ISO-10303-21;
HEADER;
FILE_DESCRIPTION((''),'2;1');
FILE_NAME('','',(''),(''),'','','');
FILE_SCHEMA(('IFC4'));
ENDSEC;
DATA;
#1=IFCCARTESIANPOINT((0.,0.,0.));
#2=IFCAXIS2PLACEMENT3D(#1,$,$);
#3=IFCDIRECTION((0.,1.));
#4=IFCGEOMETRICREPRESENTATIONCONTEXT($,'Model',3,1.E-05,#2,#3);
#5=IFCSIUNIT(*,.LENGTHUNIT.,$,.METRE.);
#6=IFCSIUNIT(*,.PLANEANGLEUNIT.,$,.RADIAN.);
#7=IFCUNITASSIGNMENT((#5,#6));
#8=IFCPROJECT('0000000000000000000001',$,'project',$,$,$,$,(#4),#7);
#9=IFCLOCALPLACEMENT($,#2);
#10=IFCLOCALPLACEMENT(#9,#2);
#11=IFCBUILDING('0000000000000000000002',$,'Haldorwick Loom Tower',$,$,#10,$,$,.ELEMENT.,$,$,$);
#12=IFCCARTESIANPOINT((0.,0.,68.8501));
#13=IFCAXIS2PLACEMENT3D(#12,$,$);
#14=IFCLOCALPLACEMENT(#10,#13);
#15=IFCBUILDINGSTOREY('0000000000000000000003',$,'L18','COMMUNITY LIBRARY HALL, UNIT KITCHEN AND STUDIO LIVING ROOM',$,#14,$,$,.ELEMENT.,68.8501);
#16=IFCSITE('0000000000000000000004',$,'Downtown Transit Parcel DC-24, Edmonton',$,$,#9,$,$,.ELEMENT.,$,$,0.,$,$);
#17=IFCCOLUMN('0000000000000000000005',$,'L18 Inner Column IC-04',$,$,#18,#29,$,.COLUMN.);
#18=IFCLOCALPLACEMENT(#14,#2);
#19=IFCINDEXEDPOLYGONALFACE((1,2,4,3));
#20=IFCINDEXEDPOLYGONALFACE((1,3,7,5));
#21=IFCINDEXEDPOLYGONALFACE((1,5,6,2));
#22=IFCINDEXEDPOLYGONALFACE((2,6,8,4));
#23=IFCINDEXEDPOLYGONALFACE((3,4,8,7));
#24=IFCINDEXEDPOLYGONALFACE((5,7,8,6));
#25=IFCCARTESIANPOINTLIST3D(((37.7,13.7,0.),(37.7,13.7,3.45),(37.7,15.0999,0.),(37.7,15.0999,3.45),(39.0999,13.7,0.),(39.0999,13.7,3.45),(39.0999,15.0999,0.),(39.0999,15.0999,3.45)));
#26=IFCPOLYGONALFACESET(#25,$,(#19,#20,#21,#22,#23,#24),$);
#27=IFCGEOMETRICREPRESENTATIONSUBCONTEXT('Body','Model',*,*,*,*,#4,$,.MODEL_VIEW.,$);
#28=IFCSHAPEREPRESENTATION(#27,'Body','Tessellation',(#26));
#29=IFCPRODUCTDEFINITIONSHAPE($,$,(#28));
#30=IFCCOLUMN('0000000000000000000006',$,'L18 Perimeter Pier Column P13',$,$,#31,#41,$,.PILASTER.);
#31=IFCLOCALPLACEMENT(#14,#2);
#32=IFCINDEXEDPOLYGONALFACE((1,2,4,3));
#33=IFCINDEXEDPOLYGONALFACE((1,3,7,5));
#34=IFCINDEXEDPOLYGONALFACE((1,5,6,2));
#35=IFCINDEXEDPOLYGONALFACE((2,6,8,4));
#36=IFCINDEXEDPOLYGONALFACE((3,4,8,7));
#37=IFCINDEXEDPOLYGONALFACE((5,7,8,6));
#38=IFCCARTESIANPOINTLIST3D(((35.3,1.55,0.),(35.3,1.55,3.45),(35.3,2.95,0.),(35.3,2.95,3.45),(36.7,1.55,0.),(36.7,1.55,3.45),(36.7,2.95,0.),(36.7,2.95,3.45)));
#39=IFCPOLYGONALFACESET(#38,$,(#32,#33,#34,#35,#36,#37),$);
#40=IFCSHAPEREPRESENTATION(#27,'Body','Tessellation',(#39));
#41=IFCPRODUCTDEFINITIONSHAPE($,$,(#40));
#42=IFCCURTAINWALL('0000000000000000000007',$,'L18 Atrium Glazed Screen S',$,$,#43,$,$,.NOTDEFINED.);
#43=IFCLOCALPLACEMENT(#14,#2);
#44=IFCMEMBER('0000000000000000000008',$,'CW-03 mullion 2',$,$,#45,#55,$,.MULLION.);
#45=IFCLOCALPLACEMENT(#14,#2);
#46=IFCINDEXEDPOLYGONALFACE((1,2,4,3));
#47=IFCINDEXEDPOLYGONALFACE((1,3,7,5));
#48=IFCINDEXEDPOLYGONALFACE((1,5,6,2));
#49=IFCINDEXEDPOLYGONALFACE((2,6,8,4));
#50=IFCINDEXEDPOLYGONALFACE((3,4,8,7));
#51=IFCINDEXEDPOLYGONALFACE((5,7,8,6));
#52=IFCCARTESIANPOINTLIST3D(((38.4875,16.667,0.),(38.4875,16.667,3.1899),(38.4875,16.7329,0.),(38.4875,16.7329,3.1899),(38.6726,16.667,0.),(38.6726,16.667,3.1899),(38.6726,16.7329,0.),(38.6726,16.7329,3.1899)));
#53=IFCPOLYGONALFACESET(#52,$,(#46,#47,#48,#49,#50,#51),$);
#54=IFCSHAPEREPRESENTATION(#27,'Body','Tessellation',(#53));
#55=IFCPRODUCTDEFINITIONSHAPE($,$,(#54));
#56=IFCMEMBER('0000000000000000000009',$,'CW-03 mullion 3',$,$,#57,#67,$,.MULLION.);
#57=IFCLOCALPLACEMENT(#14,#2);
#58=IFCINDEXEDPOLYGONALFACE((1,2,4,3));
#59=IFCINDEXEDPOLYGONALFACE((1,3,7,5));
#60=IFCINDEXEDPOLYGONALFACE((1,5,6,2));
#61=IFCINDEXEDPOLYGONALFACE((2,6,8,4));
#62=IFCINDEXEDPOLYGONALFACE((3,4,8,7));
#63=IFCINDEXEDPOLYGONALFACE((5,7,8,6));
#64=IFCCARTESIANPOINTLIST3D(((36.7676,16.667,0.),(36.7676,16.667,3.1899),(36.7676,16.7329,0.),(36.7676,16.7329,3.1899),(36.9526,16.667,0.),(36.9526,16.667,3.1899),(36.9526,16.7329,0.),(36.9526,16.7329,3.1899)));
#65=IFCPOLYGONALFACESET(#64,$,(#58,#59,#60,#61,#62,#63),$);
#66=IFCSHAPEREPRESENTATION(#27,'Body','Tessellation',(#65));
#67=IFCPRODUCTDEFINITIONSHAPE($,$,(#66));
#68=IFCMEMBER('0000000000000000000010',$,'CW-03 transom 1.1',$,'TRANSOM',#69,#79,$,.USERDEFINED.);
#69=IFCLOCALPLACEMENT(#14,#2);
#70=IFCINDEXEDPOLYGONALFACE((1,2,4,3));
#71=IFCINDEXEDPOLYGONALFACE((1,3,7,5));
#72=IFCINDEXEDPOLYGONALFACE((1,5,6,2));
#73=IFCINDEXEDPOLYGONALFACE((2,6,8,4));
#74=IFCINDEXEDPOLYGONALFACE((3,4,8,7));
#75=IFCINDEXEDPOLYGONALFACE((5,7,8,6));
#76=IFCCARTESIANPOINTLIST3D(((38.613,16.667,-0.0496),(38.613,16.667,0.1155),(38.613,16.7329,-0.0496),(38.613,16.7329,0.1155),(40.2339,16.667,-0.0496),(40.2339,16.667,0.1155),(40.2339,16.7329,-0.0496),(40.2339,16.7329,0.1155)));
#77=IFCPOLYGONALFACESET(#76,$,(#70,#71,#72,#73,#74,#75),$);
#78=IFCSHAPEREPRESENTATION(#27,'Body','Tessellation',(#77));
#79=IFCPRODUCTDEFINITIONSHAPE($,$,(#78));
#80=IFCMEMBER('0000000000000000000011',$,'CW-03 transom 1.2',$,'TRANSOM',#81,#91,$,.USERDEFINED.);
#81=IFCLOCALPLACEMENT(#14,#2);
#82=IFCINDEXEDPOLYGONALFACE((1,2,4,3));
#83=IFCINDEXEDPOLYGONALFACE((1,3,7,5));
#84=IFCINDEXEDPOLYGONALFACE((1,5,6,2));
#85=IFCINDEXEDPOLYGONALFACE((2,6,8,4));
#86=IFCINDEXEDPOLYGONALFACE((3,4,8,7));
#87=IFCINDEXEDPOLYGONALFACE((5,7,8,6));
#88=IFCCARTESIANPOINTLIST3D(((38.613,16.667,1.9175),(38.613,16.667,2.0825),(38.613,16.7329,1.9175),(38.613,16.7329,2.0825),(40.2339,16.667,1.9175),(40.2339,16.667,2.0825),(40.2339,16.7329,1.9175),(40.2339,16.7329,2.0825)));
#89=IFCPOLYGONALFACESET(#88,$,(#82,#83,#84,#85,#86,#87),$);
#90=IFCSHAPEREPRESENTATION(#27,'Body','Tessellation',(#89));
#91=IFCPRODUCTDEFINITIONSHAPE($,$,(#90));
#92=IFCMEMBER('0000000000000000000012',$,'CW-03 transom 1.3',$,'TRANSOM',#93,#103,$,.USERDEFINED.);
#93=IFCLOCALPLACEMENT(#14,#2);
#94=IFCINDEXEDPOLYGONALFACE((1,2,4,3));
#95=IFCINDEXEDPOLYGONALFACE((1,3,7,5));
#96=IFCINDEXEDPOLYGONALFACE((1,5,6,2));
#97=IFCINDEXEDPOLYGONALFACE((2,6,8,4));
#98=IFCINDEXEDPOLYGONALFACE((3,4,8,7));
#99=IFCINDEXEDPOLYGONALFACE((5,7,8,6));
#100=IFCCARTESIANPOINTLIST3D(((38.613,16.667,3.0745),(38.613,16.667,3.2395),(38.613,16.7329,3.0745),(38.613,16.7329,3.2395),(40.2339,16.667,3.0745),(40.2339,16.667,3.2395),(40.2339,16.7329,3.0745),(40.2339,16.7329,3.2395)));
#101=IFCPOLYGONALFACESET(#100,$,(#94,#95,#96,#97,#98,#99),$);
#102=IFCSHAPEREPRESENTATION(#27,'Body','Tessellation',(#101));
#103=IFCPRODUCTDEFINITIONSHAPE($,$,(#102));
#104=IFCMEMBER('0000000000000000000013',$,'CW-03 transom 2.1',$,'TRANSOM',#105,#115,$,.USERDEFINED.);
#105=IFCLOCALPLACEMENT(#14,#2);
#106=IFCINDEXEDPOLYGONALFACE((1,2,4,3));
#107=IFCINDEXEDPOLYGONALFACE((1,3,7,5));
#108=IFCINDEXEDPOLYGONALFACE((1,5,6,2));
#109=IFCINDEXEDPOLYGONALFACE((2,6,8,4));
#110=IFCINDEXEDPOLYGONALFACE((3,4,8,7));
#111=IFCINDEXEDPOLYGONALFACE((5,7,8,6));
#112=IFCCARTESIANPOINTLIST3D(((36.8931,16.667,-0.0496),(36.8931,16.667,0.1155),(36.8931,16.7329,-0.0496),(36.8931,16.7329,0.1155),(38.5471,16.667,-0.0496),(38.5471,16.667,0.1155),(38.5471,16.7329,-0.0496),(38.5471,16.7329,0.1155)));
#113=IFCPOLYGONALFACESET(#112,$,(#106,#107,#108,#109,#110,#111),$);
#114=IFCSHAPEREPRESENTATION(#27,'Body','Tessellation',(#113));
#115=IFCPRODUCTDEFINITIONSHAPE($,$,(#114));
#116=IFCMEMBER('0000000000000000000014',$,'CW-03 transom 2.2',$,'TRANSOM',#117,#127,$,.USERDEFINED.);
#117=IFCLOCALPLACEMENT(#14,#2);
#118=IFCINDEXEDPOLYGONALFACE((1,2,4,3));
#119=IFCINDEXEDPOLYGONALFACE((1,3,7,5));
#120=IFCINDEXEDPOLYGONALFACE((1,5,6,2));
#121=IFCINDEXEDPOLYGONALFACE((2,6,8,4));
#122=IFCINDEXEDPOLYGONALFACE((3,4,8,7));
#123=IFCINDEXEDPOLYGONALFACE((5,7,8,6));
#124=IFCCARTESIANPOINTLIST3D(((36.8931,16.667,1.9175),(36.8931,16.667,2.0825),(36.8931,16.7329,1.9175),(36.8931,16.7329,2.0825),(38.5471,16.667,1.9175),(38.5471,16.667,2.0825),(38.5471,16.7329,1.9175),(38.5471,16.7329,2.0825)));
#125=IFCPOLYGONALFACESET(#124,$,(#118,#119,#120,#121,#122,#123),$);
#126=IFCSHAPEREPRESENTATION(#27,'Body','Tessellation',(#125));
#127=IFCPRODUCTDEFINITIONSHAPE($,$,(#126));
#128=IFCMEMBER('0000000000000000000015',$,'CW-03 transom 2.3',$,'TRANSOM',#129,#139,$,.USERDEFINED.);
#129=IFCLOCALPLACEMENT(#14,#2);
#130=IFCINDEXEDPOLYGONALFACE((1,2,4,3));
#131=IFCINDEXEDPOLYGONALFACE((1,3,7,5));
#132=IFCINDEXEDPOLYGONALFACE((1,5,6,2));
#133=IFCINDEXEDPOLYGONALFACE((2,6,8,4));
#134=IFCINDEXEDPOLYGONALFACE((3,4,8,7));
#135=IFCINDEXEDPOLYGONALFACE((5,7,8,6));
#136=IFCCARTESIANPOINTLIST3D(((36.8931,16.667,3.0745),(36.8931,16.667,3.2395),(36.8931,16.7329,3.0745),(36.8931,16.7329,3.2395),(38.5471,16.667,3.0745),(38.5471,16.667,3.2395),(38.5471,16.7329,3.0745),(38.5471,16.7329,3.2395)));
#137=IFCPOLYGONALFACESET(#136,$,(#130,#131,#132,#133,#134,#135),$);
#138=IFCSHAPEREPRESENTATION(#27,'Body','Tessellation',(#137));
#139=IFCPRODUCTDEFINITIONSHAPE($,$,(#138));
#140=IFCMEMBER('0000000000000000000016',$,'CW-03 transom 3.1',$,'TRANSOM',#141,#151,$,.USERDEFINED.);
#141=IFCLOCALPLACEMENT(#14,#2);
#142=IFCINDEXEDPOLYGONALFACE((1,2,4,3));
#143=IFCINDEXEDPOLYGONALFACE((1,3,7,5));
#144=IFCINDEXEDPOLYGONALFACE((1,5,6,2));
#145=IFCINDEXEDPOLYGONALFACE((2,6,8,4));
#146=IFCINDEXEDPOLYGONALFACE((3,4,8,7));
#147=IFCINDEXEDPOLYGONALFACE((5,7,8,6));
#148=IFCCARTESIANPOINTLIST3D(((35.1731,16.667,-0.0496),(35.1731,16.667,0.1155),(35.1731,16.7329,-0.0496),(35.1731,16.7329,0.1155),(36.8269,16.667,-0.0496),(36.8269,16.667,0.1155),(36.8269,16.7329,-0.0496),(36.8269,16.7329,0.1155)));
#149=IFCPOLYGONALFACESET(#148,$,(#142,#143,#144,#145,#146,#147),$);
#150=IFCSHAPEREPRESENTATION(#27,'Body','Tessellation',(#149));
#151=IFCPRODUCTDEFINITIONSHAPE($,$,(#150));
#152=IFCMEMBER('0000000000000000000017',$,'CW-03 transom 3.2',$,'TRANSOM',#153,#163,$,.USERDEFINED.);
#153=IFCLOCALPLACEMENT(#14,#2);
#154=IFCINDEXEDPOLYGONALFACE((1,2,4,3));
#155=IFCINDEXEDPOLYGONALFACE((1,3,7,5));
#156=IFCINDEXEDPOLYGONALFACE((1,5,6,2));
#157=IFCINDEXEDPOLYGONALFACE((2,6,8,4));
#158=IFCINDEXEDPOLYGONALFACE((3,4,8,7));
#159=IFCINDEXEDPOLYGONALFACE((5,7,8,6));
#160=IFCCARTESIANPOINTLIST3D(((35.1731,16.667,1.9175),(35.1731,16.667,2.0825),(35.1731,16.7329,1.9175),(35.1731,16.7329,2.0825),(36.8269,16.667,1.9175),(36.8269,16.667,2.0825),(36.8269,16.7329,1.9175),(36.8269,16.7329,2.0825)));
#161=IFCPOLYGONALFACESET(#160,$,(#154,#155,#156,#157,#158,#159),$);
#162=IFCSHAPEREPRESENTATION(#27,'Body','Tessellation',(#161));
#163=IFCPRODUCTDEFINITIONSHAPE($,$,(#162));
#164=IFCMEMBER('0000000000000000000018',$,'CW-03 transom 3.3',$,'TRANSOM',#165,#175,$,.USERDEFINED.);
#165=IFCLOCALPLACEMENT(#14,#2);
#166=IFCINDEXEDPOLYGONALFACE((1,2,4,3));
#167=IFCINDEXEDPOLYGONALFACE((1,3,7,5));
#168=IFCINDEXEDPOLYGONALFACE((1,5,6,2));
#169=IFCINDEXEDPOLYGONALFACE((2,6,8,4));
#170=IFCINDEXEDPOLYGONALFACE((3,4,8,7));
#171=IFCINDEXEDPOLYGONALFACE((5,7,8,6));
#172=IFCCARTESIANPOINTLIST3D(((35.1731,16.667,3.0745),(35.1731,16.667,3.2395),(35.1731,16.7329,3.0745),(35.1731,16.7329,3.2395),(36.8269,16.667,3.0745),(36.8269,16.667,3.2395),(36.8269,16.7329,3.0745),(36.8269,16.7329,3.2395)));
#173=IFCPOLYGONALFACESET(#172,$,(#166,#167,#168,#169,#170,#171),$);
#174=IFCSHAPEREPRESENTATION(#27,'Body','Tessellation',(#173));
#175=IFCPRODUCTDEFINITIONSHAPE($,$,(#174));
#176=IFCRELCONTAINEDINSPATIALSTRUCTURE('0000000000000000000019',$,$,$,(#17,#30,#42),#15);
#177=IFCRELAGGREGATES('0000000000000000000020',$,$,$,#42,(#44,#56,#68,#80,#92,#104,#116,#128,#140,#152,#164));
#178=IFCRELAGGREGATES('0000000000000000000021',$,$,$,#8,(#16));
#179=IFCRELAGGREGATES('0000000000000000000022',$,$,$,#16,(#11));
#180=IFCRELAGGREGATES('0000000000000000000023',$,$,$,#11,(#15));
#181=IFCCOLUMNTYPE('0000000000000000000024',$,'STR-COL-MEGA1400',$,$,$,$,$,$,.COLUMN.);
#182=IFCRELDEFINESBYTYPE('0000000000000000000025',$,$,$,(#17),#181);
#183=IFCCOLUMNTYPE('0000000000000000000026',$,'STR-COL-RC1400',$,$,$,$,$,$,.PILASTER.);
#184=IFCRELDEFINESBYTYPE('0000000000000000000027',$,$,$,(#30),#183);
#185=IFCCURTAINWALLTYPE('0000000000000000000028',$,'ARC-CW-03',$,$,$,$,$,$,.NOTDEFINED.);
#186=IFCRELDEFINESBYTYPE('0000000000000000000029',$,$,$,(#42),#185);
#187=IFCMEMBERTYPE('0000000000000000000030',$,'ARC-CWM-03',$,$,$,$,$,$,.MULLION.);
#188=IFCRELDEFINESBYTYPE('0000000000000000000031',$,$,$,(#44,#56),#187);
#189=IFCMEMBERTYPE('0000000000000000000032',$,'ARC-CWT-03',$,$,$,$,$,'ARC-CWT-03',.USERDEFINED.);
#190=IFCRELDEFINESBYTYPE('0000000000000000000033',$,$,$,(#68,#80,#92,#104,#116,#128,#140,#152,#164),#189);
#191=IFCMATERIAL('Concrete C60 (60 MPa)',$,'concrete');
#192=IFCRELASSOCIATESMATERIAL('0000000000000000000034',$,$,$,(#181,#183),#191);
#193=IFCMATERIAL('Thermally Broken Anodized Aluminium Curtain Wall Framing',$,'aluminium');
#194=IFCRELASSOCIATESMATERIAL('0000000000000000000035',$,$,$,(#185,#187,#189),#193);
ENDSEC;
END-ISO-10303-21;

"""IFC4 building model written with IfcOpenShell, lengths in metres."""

from ifc_helpers import new_model, si_unit, direction, frame, origin, origin_2d, place, context, subcontext, project, spatial, rectangle, extrude, material, material_profile, profile_set, type_object, element, aggregate, save


model = new_model("IFC4")

# Units and contexts
model_context = context("Model", 3, precision=1e-05, world=origin(), true_north=direction((0.0, 1.0)))
body_context = subcontext(model_context, "Body", "Model", "MODEL_VIEW")
ifc_project = project(units=[si_unit("LENGTHUNIT", "METRE"), si_unit("PLANEANGLEUNIT", "RADIAN")], contexts=[model_context])

# Site, building, storey
site_placement = place(None, origin())
site = spatial("IfcSite", under=ifc_project, at=site_placement, Name="Downtown Transit Parcel DC-24, Edmonton", CompositionType="ELEMENT", RefElevation=0.0)
building_placement = place(site_placement, origin())
building = spatial("IfcBuilding", under=site, at=building_placement, Name="Haldorwick Loom Tower", CompositionType="ELEMENT")
storey_placement = place(building_placement, frame((0.0, 0.0, 68.8501)))
storey = spatial("IfcBuildingStorey", under=building, at=storey_placement, Name="L18", Description="COMMUNITY LIBRARY HALL, UNIT KITCHEN AND STUDIO LIVING ROOM", CompositionType="ELEMENT", Elevation=68.8501)

# Columns
ifc_material_1 = material(Name="Concrete C60 (60 MPa)", Category="concrete")
ifc_material_profile_1 = material_profile(ifc_material_1, rectangle(XDim=1.3999, YDim=1.3999, at=origin_2d()), Name="RC1400X1400", Category="concrete")
ifc_profile_set_1 = profile_set([ifc_material_profile_1], Name="Concrete C60 (60 MPa)")
column_type_1 = type_object("IfcColumnType", Name="STR-COL-MEGA1400", PredefinedType="COLUMN", material=ifc_profile_set_1)
column_1_placement = place(storey_placement, frame((38.3999, 14.3999, 0.0), z_axis=(0.0, 0.0, 1.0), x_axis=(1.0, 0.0, 0.0)))
element("IfcColumn", 1, at=column_1_placement, inside=storey, type_object=column_type_1, Name="L18 Inner Column IC-04", PredefinedType="COLUMN", context=body_context, shape_type="SweptSolid", body=[
    extrude(rectangle(XDim=1.3999, YDim=1.3999, at=origin_2d()), origin(), (0.0, 0.0, 1.0), 3.45),
])
ifc_material_profile_2 = material_profile(ifc_material_1, rectangle(XDim=1.3999, YDim=1.3999, at=origin_2d()), Name="RC1400X1400", Category="concrete")
ifc_profile_set_2 = profile_set([ifc_material_profile_2], Name="Concrete C60 (60 MPa)")
column_type_2 = type_object("IfcColumnType", Name="STR-COL-RC1400", PredefinedType="PILASTER", material=ifc_profile_set_2)
column_2_placement = place(storey_placement, frame((36.0, 2.25, 0.0), z_axis=(0.0, 0.0, 1.0), x_axis=(0.0, -1.0, 0.0)))
element("IfcColumn", 2, at=column_2_placement, inside=storey, type_object=column_type_2, Name="L18 Perimeter Pier Column P13", PredefinedType="PILASTER", context=body_context, shape_type="SweptSolid", body=[
    extrude(rectangle(XDim=1.3999, YDim=1.3999, at=origin_2d()), origin(), (0.0, 0.0, 1.0), 3.45),
])

# Curtain wall, members
ifc_material_2 = material(Name="Thermally Broken Anodized Aluminium Curtain Wall Framing", Category="aluminium")
curtain_wall_type = type_object("IfcCurtainWallType", Name="ARC-CW-03", PredefinedType="NOTDEFINED", material=ifc_material_2)
curtain_wall_placement = place(storey_placement, origin())
curtain_wall = element("IfcCurtainWall", 3, at=curtain_wall_placement, inside=storey, type_object=curtain_wall_type, Name="L18 Atrium Glazed Screen S", PredefinedType="NOTDEFINED")
ifc_material_profile_3 = material_profile(ifc_material_2, rectangle(XDim=0.0659, YDim=0.1851, at=origin_2d()), Name="ALU_MUL_66X185", Category="aluminium")
ifc_profile_set_3 = profile_set([ifc_material_profile_3], Name="Thermally Broken Anodized Aluminium Curtain Wall Framing")
member_type_1 = type_object("IfcMemberType", Name="ARC-CWM-03", PredefinedType="MULLION", material=ifc_profile_set_3)
member_1_placement = place(storey_placement, frame((38.5801, 16.7, 0.0), z_axis=(0.0, 0.0, 1.0), x_axis=(0.0, -1.0, 0.0)))
member_1 = element("IfcMember", 4, at=member_1_placement, type_object=member_type_1, Name="CW-03 mullion 2", PredefinedType="MULLION", context=body_context, shape_type="SweptSolid", body=[
    extrude(rectangle(XDim=0.0659, YDim=0.1851, at=origin_2d()), origin(), (0.0, 0.0, 1.0), 3.1899),
])
member_2_placement = place(storey_placement, frame((36.8601, 16.7, 0.0), z_axis=(0.0, 0.0, 1.0), x_axis=(0.0, -1.0, 0.0)))
member_2 = element("IfcMember", 5, at=member_2_placement, type_object=member_type_1, Name="CW-03 mullion 3", PredefinedType="MULLION", context=body_context, shape_type="SweptSolid", body=[
    extrude(rectangle(XDim=0.0659, YDim=0.1851, at=origin_2d()), origin(), (0.0, 0.0, 1.0), 3.1899),
])
ifc_material_profile_4 = material_profile(ifc_material_2, rectangle(XDim=0.0659, YDim=0.165, at=origin_2d()), Name="ALU_TRN_66X165", Category="aluminium")
ifc_profile_set_4 = profile_set([ifc_material_profile_4], Name="Thermally Broken Anodized Aluminium Curtain Wall Framing")
member_type_2 = type_object("IfcMemberType", Name="ARC-CWT-03", ElementType="ARC-CWT-03", PredefinedType="USERDEFINED", material=ifc_profile_set_4)
member_3_placement = place(storey_placement, frame((40.2339, 16.7, 0.033), z_axis=(-1.0, 0.0, 0.0), x_axis=(0.0, -1.0, 0.0)))
member_3 = element("IfcMember", 6, at=member_3_placement, type_object=member_type_2, Name="CW-03 transom 1.1", ObjectType="TRANSOM", PredefinedType="USERDEFINED", context=body_context, shape_type="SweptSolid", body=[
    extrude(rectangle(XDim=0.0659, YDim=0.165, at=origin_2d()), origin(), (0.0, 0.0, 1.0), 1.6208),
])
member_4_placement = place(storey_placement, frame((40.2339, 16.7, 2.0), z_axis=(-1.0, 0.0, 0.0), x_axis=(0.0, -1.0, 0.0)))
member_4 = element("IfcMember", 7, at=member_4_placement, type_object=member_type_2, Name="CW-03 transom 1.2", ObjectType="TRANSOM", PredefinedType="USERDEFINED", context=body_context, shape_type="SweptSolid", body=[
    extrude(rectangle(XDim=0.0659, YDim=0.165, at=origin_2d()), origin(), (0.0, 0.0, 1.0), 1.6208),
])
member_5_placement = place(storey_placement, frame((40.2339, 16.7, 3.157), z_axis=(-1.0, 0.0, 0.0), x_axis=(0.0, -1.0, 0.0)))
member_5 = element("IfcMember", 8, at=member_5_placement, type_object=member_type_2, Name="CW-03 transom 1.3", ObjectType="TRANSOM", PredefinedType="USERDEFINED", context=body_context, shape_type="SweptSolid", body=[
    extrude(rectangle(XDim=0.0659, YDim=0.165, at=origin_2d()), origin(), (0.0, 0.0, 1.0), 1.6208),
])
member_6_placement = place(storey_placement, frame((38.5471, 16.7, 0.033), z_axis=(-1.0, 0.0, 0.0), x_axis=(0.0, -1.0, 0.0)))
member_6 = element("IfcMember", 9, at=member_6_placement, type_object=member_type_2, Name="CW-03 transom 2.1", ObjectType="TRANSOM", PredefinedType="USERDEFINED", context=body_context, shape_type="SweptSolid", body=[
    extrude(rectangle(XDim=0.0659, YDim=0.165, at=origin_2d()), origin(), (0.0, 0.0, 1.0), 1.6541),
])
member_7_placement = place(storey_placement, frame((38.5471, 16.7, 2.0), z_axis=(-1.0, 0.0, 0.0), x_axis=(0.0, -1.0, 0.0)))
member_7 = element("IfcMember", 10, at=member_7_placement, type_object=member_type_2, Name="CW-03 transom 2.2", ObjectType="TRANSOM", PredefinedType="USERDEFINED", context=body_context, shape_type="SweptSolid", body=[
    extrude(rectangle(XDim=0.0659, YDim=0.165, at=origin_2d()), origin(), (0.0, 0.0, 1.0), 1.6541),
])
member_8_placement = place(storey_placement, frame((38.5471, 16.7, 3.157), z_axis=(-1.0, 0.0, 0.0), x_axis=(0.0, -1.0, 0.0)))
member_8 = element("IfcMember", 11, at=member_8_placement, type_object=member_type_2, Name="CW-03 transom 2.3", ObjectType="TRANSOM", PredefinedType="USERDEFINED", context=body_context, shape_type="SweptSolid", body=[
    extrude(rectangle(XDim=0.0659, YDim=0.165, at=origin_2d()), origin(), (0.0, 0.0, 1.0), 1.6541),
])
member_9_placement = place(storey_placement, frame((36.8269, 16.7, 0.033), z_axis=(-1.0, 0.0, 0.0), x_axis=(0.0, -1.0, 0.0)))
member_9 = element("IfcMember", 12, at=member_9_placement, type_object=member_type_2, Name="CW-03 transom 3.1", ObjectType="TRANSOM", PredefinedType="USERDEFINED", context=body_context, shape_type="SweptSolid", body=[
    extrude(rectangle(XDim=0.0659, YDim=0.165, at=origin_2d()), origin(), (0.0, 0.0, 1.0), 1.6538),
])
member_10_placement = place(storey_placement, frame((36.8269, 16.7, 2.0), z_axis=(-1.0, 0.0, 0.0), x_axis=(0.0, -1.0, 0.0)))
member_10 = element("IfcMember", 13, at=member_10_placement, type_object=member_type_2, Name="CW-03 transom 3.2", ObjectType="TRANSOM", PredefinedType="USERDEFINED", context=body_context, shape_type="SweptSolid", body=[
    extrude(rectangle(XDim=0.0659, YDim=0.165, at=origin_2d()), origin(), (0.0, 0.0, 1.0), 1.6538),
])
member_11_placement = place(storey_placement, frame((36.8269, 16.7, 3.157), z_axis=(-1.0, 0.0, 0.0), x_axis=(0.0, -1.0, 0.0)))
member_11 = element("IfcMember", 14, at=member_11_placement, type_object=member_type_2, Name="CW-03 transom 3.3", ObjectType="TRANSOM", PredefinedType="USERDEFINED", context=body_context, shape_type="SweptSolid", body=[
    extrude(rectangle(XDim=0.0659, YDim=0.165, at=origin_2d()), origin(), (0.0, 0.0, 1.0), 1.6538),
])

aggregate(curtain_wall, [member_1, member_2, member_3, member_4, member_5, member_6, member_7, member_8, member_9, member_10, member_11])

save(model, "model.ifc")
